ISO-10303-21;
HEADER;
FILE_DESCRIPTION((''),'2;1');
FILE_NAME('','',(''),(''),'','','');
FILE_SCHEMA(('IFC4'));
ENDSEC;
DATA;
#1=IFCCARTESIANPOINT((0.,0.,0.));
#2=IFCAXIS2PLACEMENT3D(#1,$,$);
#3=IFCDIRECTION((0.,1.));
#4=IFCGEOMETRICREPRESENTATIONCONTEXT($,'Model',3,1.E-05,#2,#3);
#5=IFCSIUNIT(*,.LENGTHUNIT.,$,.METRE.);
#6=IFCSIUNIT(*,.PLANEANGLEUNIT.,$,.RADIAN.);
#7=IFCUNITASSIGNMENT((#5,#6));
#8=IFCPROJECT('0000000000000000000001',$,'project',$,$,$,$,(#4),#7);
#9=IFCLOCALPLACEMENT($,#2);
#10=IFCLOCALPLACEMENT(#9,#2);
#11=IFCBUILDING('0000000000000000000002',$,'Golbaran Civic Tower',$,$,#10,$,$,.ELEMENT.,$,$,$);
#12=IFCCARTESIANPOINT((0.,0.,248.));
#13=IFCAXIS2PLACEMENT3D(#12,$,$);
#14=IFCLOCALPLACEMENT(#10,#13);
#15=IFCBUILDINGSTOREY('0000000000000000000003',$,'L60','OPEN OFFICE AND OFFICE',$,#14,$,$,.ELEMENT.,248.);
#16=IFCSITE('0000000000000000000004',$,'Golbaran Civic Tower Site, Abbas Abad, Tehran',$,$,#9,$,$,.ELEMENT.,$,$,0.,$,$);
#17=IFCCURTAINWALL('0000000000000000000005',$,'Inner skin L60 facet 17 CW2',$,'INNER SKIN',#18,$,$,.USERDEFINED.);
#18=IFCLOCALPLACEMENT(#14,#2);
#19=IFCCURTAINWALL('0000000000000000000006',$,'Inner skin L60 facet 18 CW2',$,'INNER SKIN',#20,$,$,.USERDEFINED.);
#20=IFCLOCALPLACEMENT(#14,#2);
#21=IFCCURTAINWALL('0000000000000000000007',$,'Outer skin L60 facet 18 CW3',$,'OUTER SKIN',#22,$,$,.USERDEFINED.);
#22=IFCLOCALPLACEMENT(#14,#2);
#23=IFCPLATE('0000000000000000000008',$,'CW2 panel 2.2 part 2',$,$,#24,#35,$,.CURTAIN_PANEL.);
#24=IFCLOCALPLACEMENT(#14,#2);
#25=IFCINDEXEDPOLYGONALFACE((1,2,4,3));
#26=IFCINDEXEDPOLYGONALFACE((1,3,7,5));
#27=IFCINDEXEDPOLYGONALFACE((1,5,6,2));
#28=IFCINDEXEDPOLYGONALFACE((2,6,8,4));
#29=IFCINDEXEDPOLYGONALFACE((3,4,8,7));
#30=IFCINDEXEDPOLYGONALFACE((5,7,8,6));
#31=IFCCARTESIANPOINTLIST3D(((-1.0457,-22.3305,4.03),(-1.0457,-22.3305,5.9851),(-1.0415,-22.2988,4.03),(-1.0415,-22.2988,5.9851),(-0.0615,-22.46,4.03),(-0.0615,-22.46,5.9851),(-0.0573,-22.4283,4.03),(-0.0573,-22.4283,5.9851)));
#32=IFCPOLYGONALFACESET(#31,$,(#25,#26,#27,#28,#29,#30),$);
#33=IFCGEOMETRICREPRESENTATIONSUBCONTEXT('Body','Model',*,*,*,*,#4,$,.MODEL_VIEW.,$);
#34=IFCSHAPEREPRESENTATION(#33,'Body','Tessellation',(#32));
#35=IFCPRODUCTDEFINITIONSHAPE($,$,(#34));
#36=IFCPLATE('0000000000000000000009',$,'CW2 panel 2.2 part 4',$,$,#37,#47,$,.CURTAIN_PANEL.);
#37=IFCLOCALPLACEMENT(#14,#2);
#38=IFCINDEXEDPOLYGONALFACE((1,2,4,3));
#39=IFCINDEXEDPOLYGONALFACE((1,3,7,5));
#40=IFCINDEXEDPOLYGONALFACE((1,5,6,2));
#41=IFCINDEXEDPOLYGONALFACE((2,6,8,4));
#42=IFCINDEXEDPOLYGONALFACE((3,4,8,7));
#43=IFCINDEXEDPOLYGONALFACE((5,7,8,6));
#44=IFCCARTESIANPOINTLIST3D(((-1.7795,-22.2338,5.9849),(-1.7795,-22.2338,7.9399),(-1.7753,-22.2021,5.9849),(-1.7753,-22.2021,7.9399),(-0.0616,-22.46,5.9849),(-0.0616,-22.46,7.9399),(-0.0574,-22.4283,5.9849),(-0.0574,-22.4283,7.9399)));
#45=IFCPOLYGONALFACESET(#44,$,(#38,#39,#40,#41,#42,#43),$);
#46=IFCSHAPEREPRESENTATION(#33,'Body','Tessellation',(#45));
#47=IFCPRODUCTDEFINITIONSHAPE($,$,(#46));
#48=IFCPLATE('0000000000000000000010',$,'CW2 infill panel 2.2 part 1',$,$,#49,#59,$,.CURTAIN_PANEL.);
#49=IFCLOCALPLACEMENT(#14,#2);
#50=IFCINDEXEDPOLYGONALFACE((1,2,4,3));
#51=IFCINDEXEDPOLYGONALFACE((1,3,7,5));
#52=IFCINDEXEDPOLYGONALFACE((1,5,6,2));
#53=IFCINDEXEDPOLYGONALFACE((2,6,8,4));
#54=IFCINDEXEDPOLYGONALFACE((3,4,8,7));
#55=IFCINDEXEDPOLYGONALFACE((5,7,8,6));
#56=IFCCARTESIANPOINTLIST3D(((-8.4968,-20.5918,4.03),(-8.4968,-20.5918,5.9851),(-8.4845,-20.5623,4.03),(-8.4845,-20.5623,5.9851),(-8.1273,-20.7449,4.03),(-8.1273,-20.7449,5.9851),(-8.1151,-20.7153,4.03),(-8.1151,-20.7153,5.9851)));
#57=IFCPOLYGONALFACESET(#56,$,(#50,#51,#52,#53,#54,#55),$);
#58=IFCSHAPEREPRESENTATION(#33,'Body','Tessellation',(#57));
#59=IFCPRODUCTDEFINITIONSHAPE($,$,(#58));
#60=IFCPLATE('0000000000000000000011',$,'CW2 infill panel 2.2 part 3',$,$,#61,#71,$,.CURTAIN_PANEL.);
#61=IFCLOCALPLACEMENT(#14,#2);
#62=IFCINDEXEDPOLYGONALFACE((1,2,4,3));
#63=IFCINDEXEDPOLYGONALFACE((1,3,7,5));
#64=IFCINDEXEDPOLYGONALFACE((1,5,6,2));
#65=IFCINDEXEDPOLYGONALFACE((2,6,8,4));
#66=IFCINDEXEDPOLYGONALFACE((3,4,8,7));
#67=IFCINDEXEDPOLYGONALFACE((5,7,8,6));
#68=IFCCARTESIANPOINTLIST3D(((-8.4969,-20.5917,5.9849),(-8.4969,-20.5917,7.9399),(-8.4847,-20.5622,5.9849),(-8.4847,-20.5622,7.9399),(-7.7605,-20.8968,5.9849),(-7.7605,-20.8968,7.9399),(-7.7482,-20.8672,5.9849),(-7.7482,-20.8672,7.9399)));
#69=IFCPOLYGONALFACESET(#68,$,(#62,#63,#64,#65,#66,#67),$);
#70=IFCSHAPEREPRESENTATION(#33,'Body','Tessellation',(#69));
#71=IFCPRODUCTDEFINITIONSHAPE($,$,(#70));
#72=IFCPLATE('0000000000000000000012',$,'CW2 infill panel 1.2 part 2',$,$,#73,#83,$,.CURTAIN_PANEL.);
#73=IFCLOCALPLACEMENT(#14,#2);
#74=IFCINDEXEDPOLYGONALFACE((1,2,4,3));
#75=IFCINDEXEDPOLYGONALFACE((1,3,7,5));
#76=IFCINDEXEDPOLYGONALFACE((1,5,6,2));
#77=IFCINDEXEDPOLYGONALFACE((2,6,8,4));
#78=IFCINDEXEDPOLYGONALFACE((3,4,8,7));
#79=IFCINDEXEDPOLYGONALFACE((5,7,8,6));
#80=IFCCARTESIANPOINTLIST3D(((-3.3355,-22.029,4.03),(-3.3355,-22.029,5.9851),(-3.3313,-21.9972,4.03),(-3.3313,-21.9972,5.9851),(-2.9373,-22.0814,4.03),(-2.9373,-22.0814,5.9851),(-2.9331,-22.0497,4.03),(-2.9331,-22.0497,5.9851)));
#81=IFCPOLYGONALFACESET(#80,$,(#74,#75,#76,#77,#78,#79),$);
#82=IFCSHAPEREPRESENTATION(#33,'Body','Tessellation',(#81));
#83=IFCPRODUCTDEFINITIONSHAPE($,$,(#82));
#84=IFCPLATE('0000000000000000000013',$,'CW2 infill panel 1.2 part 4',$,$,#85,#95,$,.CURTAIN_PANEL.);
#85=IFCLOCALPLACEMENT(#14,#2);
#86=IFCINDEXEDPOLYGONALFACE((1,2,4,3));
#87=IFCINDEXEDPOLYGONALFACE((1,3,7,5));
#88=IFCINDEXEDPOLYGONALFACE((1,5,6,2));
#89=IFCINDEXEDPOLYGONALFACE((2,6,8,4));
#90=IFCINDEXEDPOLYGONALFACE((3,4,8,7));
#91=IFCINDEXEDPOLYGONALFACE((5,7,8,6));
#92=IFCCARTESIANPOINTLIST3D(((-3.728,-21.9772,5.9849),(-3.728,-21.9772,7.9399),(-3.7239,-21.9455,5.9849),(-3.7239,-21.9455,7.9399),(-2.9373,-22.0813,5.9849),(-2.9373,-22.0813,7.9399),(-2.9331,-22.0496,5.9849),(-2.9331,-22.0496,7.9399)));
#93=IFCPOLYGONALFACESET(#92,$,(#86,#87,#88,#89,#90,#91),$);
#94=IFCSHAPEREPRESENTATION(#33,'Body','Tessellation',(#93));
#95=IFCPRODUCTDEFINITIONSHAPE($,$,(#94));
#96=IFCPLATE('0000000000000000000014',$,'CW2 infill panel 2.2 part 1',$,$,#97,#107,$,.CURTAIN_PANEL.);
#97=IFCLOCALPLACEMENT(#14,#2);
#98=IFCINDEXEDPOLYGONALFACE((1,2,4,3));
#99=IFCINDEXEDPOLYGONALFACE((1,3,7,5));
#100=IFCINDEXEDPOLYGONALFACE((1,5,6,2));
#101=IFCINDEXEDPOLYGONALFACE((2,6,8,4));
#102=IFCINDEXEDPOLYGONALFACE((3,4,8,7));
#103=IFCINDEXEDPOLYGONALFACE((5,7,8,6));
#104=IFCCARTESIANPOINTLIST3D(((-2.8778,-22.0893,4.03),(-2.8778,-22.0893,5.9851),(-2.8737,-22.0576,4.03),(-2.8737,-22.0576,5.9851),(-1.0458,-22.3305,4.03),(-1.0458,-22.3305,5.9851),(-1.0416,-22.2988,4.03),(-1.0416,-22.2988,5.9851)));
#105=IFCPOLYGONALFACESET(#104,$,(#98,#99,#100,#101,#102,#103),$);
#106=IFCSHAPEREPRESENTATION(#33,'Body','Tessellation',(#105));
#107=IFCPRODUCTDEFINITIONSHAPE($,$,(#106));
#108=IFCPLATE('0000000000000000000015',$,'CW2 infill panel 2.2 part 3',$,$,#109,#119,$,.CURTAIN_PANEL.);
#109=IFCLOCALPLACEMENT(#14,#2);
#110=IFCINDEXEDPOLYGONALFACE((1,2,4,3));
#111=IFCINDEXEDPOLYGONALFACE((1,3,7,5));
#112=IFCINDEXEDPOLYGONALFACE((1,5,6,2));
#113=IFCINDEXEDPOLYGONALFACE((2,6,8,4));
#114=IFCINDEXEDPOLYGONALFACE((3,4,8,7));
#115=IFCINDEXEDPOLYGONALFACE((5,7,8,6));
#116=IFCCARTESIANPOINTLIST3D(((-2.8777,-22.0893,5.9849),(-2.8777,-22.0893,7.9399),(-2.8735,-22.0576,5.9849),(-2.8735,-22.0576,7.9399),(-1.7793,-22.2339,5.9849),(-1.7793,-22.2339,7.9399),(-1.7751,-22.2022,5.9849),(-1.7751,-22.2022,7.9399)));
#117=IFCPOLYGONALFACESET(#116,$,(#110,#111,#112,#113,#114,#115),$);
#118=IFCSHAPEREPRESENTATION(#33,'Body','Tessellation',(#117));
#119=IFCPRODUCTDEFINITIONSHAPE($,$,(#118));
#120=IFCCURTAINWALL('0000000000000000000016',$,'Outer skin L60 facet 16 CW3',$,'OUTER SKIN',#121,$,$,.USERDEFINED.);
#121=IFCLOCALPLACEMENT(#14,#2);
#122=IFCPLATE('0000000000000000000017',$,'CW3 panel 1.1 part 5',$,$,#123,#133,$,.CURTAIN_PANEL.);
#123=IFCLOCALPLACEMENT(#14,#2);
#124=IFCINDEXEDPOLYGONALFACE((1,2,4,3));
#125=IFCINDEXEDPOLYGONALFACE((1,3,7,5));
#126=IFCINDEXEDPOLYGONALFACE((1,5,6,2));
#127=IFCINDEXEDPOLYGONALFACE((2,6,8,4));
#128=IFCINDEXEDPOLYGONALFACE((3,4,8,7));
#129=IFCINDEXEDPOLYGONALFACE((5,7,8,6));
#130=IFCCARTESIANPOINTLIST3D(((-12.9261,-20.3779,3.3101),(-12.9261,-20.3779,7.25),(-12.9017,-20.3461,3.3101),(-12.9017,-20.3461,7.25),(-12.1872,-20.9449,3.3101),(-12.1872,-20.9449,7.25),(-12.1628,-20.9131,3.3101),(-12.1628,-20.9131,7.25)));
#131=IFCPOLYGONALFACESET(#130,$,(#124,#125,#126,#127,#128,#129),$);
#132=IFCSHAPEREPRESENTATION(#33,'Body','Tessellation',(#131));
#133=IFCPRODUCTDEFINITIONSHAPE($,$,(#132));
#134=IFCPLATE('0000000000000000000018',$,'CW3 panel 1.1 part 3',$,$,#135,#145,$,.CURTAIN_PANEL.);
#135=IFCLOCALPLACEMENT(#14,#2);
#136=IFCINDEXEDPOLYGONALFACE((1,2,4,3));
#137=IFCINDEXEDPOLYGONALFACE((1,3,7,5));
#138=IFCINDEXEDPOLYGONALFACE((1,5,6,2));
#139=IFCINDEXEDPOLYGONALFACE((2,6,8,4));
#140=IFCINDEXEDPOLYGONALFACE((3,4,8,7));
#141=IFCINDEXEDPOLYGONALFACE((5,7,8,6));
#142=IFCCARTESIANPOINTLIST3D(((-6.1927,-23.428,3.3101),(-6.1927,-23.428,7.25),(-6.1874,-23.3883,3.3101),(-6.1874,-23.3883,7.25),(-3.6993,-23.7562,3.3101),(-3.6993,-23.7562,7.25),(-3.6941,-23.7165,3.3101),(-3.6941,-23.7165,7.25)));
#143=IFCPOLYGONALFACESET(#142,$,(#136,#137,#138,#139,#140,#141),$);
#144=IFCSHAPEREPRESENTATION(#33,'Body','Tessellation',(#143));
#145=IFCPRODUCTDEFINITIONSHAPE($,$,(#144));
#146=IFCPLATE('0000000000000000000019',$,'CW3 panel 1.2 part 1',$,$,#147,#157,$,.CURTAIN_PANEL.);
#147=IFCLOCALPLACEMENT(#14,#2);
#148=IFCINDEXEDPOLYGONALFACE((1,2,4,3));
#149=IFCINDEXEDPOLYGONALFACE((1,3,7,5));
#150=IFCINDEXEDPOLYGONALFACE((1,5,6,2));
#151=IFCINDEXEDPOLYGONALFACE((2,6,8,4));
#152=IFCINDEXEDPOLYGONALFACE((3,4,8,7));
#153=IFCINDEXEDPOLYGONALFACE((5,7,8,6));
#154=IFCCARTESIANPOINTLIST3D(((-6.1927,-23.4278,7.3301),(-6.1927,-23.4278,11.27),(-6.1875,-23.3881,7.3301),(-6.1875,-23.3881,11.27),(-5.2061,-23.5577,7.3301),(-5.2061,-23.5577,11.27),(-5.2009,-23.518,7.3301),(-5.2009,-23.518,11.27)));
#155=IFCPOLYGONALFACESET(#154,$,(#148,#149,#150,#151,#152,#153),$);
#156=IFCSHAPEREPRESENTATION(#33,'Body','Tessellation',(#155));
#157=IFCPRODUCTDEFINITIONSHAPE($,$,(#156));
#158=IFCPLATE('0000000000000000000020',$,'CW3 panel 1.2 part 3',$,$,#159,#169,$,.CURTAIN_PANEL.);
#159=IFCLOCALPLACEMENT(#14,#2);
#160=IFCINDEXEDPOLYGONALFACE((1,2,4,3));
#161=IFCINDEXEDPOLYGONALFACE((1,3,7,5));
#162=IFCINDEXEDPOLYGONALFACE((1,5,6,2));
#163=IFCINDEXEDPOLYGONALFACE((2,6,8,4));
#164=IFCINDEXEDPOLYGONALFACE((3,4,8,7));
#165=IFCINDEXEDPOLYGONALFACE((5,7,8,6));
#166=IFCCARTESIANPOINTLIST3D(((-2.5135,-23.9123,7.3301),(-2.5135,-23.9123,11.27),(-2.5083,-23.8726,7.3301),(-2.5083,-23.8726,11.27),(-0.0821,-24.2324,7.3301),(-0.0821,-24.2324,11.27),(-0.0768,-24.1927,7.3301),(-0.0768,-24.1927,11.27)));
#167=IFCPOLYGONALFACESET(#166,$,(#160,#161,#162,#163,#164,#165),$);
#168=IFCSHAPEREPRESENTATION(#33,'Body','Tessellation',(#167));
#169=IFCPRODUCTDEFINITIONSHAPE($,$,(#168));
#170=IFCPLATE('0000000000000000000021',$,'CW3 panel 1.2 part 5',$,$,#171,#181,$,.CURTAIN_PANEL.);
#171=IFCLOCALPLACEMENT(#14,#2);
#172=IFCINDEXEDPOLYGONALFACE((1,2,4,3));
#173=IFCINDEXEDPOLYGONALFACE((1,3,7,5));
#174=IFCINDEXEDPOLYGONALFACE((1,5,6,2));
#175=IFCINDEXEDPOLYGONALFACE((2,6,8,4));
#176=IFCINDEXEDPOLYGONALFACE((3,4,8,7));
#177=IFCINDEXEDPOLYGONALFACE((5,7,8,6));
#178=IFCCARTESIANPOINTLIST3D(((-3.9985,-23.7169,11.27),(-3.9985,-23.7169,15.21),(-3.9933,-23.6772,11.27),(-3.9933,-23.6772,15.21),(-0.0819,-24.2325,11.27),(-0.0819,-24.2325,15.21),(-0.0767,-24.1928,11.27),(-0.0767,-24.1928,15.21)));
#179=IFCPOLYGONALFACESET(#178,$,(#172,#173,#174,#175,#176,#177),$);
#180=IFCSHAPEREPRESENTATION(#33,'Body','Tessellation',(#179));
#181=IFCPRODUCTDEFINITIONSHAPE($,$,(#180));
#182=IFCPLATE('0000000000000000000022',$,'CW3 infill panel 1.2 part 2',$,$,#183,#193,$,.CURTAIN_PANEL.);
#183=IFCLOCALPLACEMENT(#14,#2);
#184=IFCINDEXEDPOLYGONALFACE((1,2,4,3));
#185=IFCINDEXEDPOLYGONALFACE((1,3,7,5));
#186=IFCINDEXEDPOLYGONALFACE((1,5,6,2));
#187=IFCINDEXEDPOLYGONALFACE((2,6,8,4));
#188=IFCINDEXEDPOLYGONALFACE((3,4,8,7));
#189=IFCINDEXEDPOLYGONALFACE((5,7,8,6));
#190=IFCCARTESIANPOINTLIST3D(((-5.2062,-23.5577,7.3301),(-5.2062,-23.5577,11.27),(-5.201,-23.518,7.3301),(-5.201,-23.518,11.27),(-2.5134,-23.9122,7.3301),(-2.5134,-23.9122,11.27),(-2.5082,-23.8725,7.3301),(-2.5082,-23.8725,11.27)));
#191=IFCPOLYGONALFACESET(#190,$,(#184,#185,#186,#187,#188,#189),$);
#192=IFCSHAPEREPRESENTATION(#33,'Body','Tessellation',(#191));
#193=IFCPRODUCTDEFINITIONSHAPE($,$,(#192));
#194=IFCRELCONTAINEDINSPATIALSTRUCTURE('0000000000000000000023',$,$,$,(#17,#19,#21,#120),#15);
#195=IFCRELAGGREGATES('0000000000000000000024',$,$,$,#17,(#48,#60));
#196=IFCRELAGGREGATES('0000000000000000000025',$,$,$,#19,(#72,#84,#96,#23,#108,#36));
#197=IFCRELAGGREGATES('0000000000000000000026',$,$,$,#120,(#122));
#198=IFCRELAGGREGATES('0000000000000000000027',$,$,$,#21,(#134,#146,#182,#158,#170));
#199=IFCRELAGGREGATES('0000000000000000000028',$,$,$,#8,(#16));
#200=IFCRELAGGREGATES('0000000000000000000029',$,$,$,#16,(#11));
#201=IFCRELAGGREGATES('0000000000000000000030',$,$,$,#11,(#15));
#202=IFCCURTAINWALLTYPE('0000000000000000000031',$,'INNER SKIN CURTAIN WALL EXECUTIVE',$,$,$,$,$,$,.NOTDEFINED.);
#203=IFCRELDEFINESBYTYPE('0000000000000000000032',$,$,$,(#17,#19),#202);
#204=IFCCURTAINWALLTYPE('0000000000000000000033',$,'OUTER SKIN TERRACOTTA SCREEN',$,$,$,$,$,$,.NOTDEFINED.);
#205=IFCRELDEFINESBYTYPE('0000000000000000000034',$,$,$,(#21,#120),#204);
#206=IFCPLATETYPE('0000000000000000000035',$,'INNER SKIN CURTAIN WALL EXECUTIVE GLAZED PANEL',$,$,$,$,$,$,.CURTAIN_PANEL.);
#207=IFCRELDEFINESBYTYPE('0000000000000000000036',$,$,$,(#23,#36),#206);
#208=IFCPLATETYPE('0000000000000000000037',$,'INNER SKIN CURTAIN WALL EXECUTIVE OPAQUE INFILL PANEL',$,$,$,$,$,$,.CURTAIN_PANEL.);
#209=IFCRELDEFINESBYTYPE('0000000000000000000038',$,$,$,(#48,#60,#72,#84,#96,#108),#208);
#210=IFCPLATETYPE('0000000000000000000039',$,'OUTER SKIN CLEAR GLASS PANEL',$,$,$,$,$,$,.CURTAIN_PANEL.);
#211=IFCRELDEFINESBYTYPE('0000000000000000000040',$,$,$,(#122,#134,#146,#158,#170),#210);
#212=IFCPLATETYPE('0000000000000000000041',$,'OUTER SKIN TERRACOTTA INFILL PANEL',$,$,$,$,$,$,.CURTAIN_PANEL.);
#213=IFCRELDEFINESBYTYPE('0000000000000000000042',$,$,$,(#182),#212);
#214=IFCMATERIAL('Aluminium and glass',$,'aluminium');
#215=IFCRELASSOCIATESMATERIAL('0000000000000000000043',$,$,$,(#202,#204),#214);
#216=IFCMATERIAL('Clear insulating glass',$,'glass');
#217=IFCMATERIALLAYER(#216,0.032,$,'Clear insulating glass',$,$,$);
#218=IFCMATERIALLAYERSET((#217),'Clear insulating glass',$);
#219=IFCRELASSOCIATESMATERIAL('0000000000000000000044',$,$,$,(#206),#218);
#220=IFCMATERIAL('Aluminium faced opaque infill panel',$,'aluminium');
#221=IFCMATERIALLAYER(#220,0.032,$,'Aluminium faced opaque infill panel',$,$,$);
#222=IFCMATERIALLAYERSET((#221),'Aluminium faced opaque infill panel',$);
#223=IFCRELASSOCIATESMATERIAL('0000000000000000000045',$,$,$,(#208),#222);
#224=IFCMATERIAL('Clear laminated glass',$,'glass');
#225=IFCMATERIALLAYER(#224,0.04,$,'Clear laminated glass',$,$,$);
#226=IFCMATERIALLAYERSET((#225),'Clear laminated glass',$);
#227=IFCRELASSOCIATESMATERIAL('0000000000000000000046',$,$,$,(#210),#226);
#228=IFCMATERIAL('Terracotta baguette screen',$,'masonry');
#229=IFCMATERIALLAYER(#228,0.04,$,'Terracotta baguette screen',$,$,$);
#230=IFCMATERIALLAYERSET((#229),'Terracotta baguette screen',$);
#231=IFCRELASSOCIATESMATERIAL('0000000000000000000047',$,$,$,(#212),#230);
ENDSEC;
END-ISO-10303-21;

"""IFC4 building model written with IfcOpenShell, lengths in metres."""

from ifc_helpers import new_model, si_unit, direction, frame, origin, origin_2d, place, context, subcontext, project, spatial, rectangle, extrude, material, layer, layer_set, type_object, element, aggregate, save


model = new_model("IFC4")

# Units and contexts
model_context = context("Model", 3, precision=1e-05, world=origin(), true_north=direction((0.0, 1.0)))
body_context = subcontext(model_context, "Body", "Model", "MODEL_VIEW")
ifc_project = project(units=[si_unit("LENGTHUNIT", "METRE"), si_unit("PLANEANGLEUNIT", "RADIAN")], contexts=[model_context])

# Site, building, storey
site_placement = place(None, origin())
site = spatial("IfcSite", under=ifc_project, at=site_placement, Name="Golbaran Civic Tower Site, Abbas Abad, Tehran", CompositionType="ELEMENT", RefElevation=0.0)
building_placement = place(site_placement, origin())
building = spatial("IfcBuilding", under=site, at=building_placement, Name="Golbaran Civic Tower", CompositionType="ELEMENT")
storey_placement = place(building_placement, frame((0.0, 0.0, 248.0)))
storey = spatial("IfcBuildingStorey", under=building, at=storey_placement, Name="L60", Description="OPEN OFFICE AND OFFICE", CompositionType="ELEMENT", Elevation=248.0)

# Curtain walls
ifc_material_1 = material(Name="Aluminium and glass", Category="aluminium")
curtain_wall_type_1 = type_object("IfcCurtainWallType", Name="INNER SKIN CURTAIN WALL EXECUTIVE", PredefinedType="NOTDEFINED", material=ifc_material_1)
curtain_wall_1_placement = place(storey_placement, origin())
curtain_wall_1 = element("IfcCurtainWall", 1, at=curtain_wall_1_placement, inside=storey, type_object=curtain_wall_type_1, Name="Inner skin L60 facet 17 CW2", ObjectType="INNER SKIN", PredefinedType="USERDEFINED")
curtain_wall_2_placement = place(storey_placement, origin())
curtain_wall_2 = element("IfcCurtainWall", 2, at=curtain_wall_2_placement, inside=storey, type_object=curtain_wall_type_1, Name="Inner skin L60 facet 18 CW2", ObjectType="INNER SKIN", PredefinedType="USERDEFINED")
curtain_wall_type_2 = type_object("IfcCurtainWallType", Name="OUTER SKIN TERRACOTTA SCREEN", PredefinedType="NOTDEFINED", material=ifc_material_1)
curtain_wall_3_placement = place(storey_placement, origin())
curtain_wall_3 = element("IfcCurtainWall", 3, at=curtain_wall_3_placement, inside=storey, type_object=curtain_wall_type_2, Name="Outer skin L60 facet 18 CW3", ObjectType="OUTER SKIN", PredefinedType="USERDEFINED")

# Plates
ifc_material_2 = material(Name="Clear insulating glass", Category="glass")
ifc_layer_1 = layer(ifc_material_2, 0.032, Name="Clear insulating glass")
ifc_layer_set_1 = layer_set([ifc_layer_1], Name="Clear insulating glass")
plate_type_1 = type_object("IfcPlateType", Name="INNER SKIN CURTAIN WALL EXECUTIVE GLAZED PANEL", PredefinedType="CURTAIN_PANEL", material=ifc_layer_set_1)
plate_1_placement = place(storey_placement, frame((-0.5515, -22.3794, 4.03), z_axis=(0.0, 0.0, 1.0), x_axis=(0.991445, -0.130526, 0.0)))
plate_1 = element("IfcPlate", 4, at=plate_1_placement, type_object=plate_type_1, Name="CW2 panel 2.2 part 2", PredefinedType="CURTAIN_PANEL", context=body_context, shape_type="SweptSolid", body=[
    extrude(rectangle(XDim=0.9927, YDim=0.032, at=origin_2d()), origin(), (0.0, 0.0, 1.0), 1.9551),
])
plate_2_placement = place(storey_placement, frame((-0.9185, -22.3311, 5.9849), z_axis=(0.0, 0.0, 1.0), x_axis=(0.991445, -0.130526, 0.0)))
plate_2 = element("IfcPlate", 5, at=plate_2_placement, type_object=plate_type_1, Name="CW2 panel 2.2 part 4", PredefinedType="CURTAIN_PANEL", context=body_context, shape_type="SweptSolid", body=[
    extrude(rectangle(XDim=1.7327, YDim=0.032, at=origin_2d()), origin(), (0.0, 0.0, 1.0), 1.9551),
])
ifc_material_3 = material(Name="Aluminium faced opaque infill panel", Category="aluminium")
ifc_layer_2 = layer(ifc_material_3, 0.032, Name="Aluminium faced opaque infill panel")
ifc_layer_set_2 = layer_set([ifc_layer_2], Name="Aluminium faced opaque infill panel")
plate_type_2 = type_object("IfcPlateType", Name="INNER SKIN CURTAIN WALL EXECUTIVE OPAQUE INFILL PANEL", PredefinedType="CURTAIN_PANEL", material=ifc_layer_set_2)
plate_3_placement = place(storey_placement, frame((-8.3059, -20.6536, 4.03), z_axis=(0.0, 0.0, 1.0), x_axis=(0.92388, -0.382683, 0.0)))
plate_3 = element("IfcPlate", 6, at=plate_3_placement, type_object=plate_type_2, Name="CW2 infill panel 2.2 part 1", PredefinedType="CURTAIN_PANEL", context=body_context, shape_type="SweptSolid", body=[
    extrude(rectangle(XDim=0.3999, YDim=0.032, at=origin_2d()), origin(), (0.0, 0.0, 1.0), 1.9551),
])
plate_4_placement = place(storey_placement, frame((-8.1226, -20.7295, 5.9849), z_axis=(0.0, 0.0, 1.0), x_axis=(0.92388, -0.382683, 0.0)))
plate_4 = element("IfcPlate", 7, at=plate_4_placement, type_object=plate_type_2, Name="CW2 infill panel 2.2 part 3", PredefinedType="CURTAIN_PANEL", context=body_context, shape_type="SweptSolid", body=[
    extrude(rectangle(XDim=0.7971, YDim=0.032, at=origin_2d()), origin(), (0.0, 0.0, 1.0), 1.9551),
])
aggregate(curtain_wall_1, [plate_3, plate_4])
plate_5_placement = place(storey_placement, frame((-3.1343, -22.0393, 4.03), z_axis=(0.0, 0.0, 1.0), x_axis=(0.991445, -0.130526, 0.0)))
plate_5 = element("IfcPlate", 8, at=plate_5_placement, type_object=plate_type_2, Name="CW2 infill panel 1.2 part 2", PredefinedType="CURTAIN_PANEL", context=body_context, shape_type="SweptSolid", body=[
    extrude(rectangle(XDim=0.4016, YDim=0.032, at=origin_2d()), origin(), (0.0, 0.0, 1.0), 1.9551),
])
plate_6_placement = place(storey_placement, frame((-3.3306, -22.0134, 5.9849), z_axis=(0.0, 0.0, 1.0), x_axis=(0.991445, -0.130526, 0.0)))
plate_6 = element("IfcPlate", 9, at=plate_6_placement, type_object=plate_type_2, Name="CW2 infill panel 1.2 part 4", PredefinedType="CURTAIN_PANEL", context=body_context, shape_type="SweptSolid", body=[
    extrude(rectangle(XDim=0.7976, YDim=0.032, at=origin_2d()), origin(), (0.0, 0.0, 1.0), 1.9551),
])
plate_7_placement = place(storey_placement, frame((-1.9597, -22.1941, 4.03), z_axis=(0.0, 0.0, 1.0), x_axis=(0.991445, -0.130526, 0.0)))
plate_7 = element("IfcPlate", 10, at=plate_7_placement, type_object=plate_type_2, Name="CW2 infill panel 2.2 part 1", PredefinedType="CURTAIN_PANEL", context=body_context, shape_type="SweptSolid", body=[
    extrude(rectangle(XDim=1.8479, YDim=0.032, at=origin_2d()), origin(), (0.0, 0.0, 1.0), 1.9551),
])
plate_8_placement = place(storey_placement, frame((-2.3264, -22.1458, 5.9849), z_axis=(0.0, 0.0, 1.0), x_axis=(0.991445, -0.130526, 0.0)))
plate_8 = element("IfcPlate", 11, at=plate_8_placement, type_object=plate_type_2, Name="CW2 infill panel 2.2 part 3", PredefinedType="CURTAIN_PANEL", context=body_context, shape_type="SweptSolid", body=[
    extrude(rectangle(XDim=1.1079, YDim=0.032, at=origin_2d()), origin(), (0.0, 0.0, 1.0), 1.9551),
])
aggregate(curtain_wall_2, [plate_5, plate_6, plate_7, plate_1, plate_8, plate_2])

# Curtain wall, plate
curtain_wall_4_placement = place(storey_placement, origin())
curtain_wall_4 = element("IfcCurtainWall", 12, at=curtain_wall_4_placement, inside=storey, type_object=curtain_wall_type_2, Name="Outer skin L60 facet 16 CW3", ObjectType="OUTER SKIN", PredefinedType="USERDEFINED")
ifc_material_4 = material(Name="Clear laminated glass", Category="glass")
ifc_layer_3 = layer(ifc_material_4, 0.04, Name="Clear laminated glass")
ifc_layer_set_3 = layer_set([ifc_layer_3], Name="Clear laminated glass")
plate_type_3 = type_object("IfcPlateType", Name="OUTER SKIN CLEAR GLASS PANEL", PredefinedType="CURTAIN_PANEL", material=ifc_layer_set_3)
plate_9_placement = place(storey_placement, frame((-12.5444, -20.6455, 3.3101), z_axis=(0.0, 0.0, 1.0), x_axis=(0.793353, -0.608761, 0.0)))
plate_9 = element("IfcPlate", 13, at=plate_9_placement, type_object=plate_type_3, Name="CW3 panel 1.1 part 5", PredefinedType="CURTAIN_PANEL", context=body_context, shape_type="SweptSolid", body=[
    extrude(rectangle(XDim=0.9314, YDim=0.04, at=origin_2d()), origin(), (0.0, 0.0, 1.0), 3.9399),
])
aggregate(curtain_wall_4, [plate_9])

# Plates
plate_10_placement = place(storey_placement, frame((-4.9434, -23.5723, 3.3101), z_axis=(0.0, 0.0, 1.0), x_axis=(0.991445, -0.130526, 0.0)))
plate_10 = element("IfcPlate", 14, at=plate_10_placement, type_object=plate_type_3, Name="CW3 panel 1.1 part 3", PredefinedType="CURTAIN_PANEL", context=body_context, shape_type="SweptSolid", body=[
    extrude(rectangle(XDim=2.5149, YDim=0.04, at=origin_2d()), origin(), (0.0, 0.0, 1.0), 3.9399),
])
plate_11_placement = place(storey_placement, frame((-5.6968, -23.4729, 7.3301), z_axis=(0.0, 0.0, 1.0), x_axis=(0.991445, -0.130526, 0.0)))
plate_11 = element("IfcPlate", 15, at=plate_11_placement, type_object=plate_type_3, Name="CW3 panel 1.2 part 1", PredefinedType="CURTAIN_PANEL", context=body_context, shape_type="SweptSolid", body=[
    extrude(rectangle(XDim=0.9951, YDim=0.04, at=origin_2d()), origin(), (0.0, 0.0, 1.0), 3.9399),
])
plate_12_placement = place(storey_placement, frame((-1.2952, -24.0525, 7.3301), z_axis=(0.0, 0.0, 1.0), x_axis=(0.991445, -0.130526, 0.0)))
plate_12 = element("IfcPlate", 16, at=plate_12_placement, type_object=plate_type_3, Name="CW3 panel 1.2 part 3", PredefinedType="CURTAIN_PANEL", context=body_context, shape_type="SweptSolid", body=[
    extrude(rectangle(XDim=2.4524, YDim=0.04, at=origin_2d()), origin(), (0.0, 0.0, 1.0), 3.9399),
])
plate_13_placement = place(storey_placement, frame((-2.0376, -23.9548, 11.27), z_axis=(0.0, 0.0, 1.0), x_axis=(0.991445, -0.130526, 0.0)))
plate_13 = element("IfcPlate", 17, at=plate_13_placement, type_object=plate_type_3, Name="CW3 panel 1.2 part 5", PredefinedType="CURTAIN_PANEL", context=body_context, shape_type="SweptSolid", body=[
    extrude(rectangle(XDim=3.9504, YDim=0.04, at=origin_2d()), origin(), (0.0, 0.0, 1.0), 3.9399),
])
ifc_material_5 = material(Name="Terracotta baguette screen", Category="masonry")
ifc_layer_4 = layer(ifc_material_5, 0.04, Name="Terracotta baguette screen")
ifc_layer_set_4 = layer_set([ifc_layer_4], Name="Terracotta baguette screen")
plate_type_4 = type_object("IfcPlateType", Name="OUTER SKIN TERRACOTTA INFILL PANEL", PredefinedType="CURTAIN_PANEL", material=ifc_layer_set_4)
plate_14_placement = place(storey_placement, frame((-3.8572, -23.7151, 7.3301), z_axis=(0.0, 0.0, 1.0), x_axis=(0.991445, -0.130526, 0.0)))
plate_14 = element("IfcPlate", 18, at=plate_14_placement, type_object=plate_type_4, Name="CW3 infill panel 1.2 part 2", PredefinedType="CURTAIN_PANEL", context=body_context, shape_type="SweptSolid", body=[
    extrude(rectangle(XDim=2.7161, YDim=0.04, at=origin_2d()), origin(), (0.0, 0.0, 1.0), 3.9399),
])
aggregate(curtain_wall_3, [plate_10, plate_11, plate_14, plate_12, plate_13])

save(model, "model.ifc")
